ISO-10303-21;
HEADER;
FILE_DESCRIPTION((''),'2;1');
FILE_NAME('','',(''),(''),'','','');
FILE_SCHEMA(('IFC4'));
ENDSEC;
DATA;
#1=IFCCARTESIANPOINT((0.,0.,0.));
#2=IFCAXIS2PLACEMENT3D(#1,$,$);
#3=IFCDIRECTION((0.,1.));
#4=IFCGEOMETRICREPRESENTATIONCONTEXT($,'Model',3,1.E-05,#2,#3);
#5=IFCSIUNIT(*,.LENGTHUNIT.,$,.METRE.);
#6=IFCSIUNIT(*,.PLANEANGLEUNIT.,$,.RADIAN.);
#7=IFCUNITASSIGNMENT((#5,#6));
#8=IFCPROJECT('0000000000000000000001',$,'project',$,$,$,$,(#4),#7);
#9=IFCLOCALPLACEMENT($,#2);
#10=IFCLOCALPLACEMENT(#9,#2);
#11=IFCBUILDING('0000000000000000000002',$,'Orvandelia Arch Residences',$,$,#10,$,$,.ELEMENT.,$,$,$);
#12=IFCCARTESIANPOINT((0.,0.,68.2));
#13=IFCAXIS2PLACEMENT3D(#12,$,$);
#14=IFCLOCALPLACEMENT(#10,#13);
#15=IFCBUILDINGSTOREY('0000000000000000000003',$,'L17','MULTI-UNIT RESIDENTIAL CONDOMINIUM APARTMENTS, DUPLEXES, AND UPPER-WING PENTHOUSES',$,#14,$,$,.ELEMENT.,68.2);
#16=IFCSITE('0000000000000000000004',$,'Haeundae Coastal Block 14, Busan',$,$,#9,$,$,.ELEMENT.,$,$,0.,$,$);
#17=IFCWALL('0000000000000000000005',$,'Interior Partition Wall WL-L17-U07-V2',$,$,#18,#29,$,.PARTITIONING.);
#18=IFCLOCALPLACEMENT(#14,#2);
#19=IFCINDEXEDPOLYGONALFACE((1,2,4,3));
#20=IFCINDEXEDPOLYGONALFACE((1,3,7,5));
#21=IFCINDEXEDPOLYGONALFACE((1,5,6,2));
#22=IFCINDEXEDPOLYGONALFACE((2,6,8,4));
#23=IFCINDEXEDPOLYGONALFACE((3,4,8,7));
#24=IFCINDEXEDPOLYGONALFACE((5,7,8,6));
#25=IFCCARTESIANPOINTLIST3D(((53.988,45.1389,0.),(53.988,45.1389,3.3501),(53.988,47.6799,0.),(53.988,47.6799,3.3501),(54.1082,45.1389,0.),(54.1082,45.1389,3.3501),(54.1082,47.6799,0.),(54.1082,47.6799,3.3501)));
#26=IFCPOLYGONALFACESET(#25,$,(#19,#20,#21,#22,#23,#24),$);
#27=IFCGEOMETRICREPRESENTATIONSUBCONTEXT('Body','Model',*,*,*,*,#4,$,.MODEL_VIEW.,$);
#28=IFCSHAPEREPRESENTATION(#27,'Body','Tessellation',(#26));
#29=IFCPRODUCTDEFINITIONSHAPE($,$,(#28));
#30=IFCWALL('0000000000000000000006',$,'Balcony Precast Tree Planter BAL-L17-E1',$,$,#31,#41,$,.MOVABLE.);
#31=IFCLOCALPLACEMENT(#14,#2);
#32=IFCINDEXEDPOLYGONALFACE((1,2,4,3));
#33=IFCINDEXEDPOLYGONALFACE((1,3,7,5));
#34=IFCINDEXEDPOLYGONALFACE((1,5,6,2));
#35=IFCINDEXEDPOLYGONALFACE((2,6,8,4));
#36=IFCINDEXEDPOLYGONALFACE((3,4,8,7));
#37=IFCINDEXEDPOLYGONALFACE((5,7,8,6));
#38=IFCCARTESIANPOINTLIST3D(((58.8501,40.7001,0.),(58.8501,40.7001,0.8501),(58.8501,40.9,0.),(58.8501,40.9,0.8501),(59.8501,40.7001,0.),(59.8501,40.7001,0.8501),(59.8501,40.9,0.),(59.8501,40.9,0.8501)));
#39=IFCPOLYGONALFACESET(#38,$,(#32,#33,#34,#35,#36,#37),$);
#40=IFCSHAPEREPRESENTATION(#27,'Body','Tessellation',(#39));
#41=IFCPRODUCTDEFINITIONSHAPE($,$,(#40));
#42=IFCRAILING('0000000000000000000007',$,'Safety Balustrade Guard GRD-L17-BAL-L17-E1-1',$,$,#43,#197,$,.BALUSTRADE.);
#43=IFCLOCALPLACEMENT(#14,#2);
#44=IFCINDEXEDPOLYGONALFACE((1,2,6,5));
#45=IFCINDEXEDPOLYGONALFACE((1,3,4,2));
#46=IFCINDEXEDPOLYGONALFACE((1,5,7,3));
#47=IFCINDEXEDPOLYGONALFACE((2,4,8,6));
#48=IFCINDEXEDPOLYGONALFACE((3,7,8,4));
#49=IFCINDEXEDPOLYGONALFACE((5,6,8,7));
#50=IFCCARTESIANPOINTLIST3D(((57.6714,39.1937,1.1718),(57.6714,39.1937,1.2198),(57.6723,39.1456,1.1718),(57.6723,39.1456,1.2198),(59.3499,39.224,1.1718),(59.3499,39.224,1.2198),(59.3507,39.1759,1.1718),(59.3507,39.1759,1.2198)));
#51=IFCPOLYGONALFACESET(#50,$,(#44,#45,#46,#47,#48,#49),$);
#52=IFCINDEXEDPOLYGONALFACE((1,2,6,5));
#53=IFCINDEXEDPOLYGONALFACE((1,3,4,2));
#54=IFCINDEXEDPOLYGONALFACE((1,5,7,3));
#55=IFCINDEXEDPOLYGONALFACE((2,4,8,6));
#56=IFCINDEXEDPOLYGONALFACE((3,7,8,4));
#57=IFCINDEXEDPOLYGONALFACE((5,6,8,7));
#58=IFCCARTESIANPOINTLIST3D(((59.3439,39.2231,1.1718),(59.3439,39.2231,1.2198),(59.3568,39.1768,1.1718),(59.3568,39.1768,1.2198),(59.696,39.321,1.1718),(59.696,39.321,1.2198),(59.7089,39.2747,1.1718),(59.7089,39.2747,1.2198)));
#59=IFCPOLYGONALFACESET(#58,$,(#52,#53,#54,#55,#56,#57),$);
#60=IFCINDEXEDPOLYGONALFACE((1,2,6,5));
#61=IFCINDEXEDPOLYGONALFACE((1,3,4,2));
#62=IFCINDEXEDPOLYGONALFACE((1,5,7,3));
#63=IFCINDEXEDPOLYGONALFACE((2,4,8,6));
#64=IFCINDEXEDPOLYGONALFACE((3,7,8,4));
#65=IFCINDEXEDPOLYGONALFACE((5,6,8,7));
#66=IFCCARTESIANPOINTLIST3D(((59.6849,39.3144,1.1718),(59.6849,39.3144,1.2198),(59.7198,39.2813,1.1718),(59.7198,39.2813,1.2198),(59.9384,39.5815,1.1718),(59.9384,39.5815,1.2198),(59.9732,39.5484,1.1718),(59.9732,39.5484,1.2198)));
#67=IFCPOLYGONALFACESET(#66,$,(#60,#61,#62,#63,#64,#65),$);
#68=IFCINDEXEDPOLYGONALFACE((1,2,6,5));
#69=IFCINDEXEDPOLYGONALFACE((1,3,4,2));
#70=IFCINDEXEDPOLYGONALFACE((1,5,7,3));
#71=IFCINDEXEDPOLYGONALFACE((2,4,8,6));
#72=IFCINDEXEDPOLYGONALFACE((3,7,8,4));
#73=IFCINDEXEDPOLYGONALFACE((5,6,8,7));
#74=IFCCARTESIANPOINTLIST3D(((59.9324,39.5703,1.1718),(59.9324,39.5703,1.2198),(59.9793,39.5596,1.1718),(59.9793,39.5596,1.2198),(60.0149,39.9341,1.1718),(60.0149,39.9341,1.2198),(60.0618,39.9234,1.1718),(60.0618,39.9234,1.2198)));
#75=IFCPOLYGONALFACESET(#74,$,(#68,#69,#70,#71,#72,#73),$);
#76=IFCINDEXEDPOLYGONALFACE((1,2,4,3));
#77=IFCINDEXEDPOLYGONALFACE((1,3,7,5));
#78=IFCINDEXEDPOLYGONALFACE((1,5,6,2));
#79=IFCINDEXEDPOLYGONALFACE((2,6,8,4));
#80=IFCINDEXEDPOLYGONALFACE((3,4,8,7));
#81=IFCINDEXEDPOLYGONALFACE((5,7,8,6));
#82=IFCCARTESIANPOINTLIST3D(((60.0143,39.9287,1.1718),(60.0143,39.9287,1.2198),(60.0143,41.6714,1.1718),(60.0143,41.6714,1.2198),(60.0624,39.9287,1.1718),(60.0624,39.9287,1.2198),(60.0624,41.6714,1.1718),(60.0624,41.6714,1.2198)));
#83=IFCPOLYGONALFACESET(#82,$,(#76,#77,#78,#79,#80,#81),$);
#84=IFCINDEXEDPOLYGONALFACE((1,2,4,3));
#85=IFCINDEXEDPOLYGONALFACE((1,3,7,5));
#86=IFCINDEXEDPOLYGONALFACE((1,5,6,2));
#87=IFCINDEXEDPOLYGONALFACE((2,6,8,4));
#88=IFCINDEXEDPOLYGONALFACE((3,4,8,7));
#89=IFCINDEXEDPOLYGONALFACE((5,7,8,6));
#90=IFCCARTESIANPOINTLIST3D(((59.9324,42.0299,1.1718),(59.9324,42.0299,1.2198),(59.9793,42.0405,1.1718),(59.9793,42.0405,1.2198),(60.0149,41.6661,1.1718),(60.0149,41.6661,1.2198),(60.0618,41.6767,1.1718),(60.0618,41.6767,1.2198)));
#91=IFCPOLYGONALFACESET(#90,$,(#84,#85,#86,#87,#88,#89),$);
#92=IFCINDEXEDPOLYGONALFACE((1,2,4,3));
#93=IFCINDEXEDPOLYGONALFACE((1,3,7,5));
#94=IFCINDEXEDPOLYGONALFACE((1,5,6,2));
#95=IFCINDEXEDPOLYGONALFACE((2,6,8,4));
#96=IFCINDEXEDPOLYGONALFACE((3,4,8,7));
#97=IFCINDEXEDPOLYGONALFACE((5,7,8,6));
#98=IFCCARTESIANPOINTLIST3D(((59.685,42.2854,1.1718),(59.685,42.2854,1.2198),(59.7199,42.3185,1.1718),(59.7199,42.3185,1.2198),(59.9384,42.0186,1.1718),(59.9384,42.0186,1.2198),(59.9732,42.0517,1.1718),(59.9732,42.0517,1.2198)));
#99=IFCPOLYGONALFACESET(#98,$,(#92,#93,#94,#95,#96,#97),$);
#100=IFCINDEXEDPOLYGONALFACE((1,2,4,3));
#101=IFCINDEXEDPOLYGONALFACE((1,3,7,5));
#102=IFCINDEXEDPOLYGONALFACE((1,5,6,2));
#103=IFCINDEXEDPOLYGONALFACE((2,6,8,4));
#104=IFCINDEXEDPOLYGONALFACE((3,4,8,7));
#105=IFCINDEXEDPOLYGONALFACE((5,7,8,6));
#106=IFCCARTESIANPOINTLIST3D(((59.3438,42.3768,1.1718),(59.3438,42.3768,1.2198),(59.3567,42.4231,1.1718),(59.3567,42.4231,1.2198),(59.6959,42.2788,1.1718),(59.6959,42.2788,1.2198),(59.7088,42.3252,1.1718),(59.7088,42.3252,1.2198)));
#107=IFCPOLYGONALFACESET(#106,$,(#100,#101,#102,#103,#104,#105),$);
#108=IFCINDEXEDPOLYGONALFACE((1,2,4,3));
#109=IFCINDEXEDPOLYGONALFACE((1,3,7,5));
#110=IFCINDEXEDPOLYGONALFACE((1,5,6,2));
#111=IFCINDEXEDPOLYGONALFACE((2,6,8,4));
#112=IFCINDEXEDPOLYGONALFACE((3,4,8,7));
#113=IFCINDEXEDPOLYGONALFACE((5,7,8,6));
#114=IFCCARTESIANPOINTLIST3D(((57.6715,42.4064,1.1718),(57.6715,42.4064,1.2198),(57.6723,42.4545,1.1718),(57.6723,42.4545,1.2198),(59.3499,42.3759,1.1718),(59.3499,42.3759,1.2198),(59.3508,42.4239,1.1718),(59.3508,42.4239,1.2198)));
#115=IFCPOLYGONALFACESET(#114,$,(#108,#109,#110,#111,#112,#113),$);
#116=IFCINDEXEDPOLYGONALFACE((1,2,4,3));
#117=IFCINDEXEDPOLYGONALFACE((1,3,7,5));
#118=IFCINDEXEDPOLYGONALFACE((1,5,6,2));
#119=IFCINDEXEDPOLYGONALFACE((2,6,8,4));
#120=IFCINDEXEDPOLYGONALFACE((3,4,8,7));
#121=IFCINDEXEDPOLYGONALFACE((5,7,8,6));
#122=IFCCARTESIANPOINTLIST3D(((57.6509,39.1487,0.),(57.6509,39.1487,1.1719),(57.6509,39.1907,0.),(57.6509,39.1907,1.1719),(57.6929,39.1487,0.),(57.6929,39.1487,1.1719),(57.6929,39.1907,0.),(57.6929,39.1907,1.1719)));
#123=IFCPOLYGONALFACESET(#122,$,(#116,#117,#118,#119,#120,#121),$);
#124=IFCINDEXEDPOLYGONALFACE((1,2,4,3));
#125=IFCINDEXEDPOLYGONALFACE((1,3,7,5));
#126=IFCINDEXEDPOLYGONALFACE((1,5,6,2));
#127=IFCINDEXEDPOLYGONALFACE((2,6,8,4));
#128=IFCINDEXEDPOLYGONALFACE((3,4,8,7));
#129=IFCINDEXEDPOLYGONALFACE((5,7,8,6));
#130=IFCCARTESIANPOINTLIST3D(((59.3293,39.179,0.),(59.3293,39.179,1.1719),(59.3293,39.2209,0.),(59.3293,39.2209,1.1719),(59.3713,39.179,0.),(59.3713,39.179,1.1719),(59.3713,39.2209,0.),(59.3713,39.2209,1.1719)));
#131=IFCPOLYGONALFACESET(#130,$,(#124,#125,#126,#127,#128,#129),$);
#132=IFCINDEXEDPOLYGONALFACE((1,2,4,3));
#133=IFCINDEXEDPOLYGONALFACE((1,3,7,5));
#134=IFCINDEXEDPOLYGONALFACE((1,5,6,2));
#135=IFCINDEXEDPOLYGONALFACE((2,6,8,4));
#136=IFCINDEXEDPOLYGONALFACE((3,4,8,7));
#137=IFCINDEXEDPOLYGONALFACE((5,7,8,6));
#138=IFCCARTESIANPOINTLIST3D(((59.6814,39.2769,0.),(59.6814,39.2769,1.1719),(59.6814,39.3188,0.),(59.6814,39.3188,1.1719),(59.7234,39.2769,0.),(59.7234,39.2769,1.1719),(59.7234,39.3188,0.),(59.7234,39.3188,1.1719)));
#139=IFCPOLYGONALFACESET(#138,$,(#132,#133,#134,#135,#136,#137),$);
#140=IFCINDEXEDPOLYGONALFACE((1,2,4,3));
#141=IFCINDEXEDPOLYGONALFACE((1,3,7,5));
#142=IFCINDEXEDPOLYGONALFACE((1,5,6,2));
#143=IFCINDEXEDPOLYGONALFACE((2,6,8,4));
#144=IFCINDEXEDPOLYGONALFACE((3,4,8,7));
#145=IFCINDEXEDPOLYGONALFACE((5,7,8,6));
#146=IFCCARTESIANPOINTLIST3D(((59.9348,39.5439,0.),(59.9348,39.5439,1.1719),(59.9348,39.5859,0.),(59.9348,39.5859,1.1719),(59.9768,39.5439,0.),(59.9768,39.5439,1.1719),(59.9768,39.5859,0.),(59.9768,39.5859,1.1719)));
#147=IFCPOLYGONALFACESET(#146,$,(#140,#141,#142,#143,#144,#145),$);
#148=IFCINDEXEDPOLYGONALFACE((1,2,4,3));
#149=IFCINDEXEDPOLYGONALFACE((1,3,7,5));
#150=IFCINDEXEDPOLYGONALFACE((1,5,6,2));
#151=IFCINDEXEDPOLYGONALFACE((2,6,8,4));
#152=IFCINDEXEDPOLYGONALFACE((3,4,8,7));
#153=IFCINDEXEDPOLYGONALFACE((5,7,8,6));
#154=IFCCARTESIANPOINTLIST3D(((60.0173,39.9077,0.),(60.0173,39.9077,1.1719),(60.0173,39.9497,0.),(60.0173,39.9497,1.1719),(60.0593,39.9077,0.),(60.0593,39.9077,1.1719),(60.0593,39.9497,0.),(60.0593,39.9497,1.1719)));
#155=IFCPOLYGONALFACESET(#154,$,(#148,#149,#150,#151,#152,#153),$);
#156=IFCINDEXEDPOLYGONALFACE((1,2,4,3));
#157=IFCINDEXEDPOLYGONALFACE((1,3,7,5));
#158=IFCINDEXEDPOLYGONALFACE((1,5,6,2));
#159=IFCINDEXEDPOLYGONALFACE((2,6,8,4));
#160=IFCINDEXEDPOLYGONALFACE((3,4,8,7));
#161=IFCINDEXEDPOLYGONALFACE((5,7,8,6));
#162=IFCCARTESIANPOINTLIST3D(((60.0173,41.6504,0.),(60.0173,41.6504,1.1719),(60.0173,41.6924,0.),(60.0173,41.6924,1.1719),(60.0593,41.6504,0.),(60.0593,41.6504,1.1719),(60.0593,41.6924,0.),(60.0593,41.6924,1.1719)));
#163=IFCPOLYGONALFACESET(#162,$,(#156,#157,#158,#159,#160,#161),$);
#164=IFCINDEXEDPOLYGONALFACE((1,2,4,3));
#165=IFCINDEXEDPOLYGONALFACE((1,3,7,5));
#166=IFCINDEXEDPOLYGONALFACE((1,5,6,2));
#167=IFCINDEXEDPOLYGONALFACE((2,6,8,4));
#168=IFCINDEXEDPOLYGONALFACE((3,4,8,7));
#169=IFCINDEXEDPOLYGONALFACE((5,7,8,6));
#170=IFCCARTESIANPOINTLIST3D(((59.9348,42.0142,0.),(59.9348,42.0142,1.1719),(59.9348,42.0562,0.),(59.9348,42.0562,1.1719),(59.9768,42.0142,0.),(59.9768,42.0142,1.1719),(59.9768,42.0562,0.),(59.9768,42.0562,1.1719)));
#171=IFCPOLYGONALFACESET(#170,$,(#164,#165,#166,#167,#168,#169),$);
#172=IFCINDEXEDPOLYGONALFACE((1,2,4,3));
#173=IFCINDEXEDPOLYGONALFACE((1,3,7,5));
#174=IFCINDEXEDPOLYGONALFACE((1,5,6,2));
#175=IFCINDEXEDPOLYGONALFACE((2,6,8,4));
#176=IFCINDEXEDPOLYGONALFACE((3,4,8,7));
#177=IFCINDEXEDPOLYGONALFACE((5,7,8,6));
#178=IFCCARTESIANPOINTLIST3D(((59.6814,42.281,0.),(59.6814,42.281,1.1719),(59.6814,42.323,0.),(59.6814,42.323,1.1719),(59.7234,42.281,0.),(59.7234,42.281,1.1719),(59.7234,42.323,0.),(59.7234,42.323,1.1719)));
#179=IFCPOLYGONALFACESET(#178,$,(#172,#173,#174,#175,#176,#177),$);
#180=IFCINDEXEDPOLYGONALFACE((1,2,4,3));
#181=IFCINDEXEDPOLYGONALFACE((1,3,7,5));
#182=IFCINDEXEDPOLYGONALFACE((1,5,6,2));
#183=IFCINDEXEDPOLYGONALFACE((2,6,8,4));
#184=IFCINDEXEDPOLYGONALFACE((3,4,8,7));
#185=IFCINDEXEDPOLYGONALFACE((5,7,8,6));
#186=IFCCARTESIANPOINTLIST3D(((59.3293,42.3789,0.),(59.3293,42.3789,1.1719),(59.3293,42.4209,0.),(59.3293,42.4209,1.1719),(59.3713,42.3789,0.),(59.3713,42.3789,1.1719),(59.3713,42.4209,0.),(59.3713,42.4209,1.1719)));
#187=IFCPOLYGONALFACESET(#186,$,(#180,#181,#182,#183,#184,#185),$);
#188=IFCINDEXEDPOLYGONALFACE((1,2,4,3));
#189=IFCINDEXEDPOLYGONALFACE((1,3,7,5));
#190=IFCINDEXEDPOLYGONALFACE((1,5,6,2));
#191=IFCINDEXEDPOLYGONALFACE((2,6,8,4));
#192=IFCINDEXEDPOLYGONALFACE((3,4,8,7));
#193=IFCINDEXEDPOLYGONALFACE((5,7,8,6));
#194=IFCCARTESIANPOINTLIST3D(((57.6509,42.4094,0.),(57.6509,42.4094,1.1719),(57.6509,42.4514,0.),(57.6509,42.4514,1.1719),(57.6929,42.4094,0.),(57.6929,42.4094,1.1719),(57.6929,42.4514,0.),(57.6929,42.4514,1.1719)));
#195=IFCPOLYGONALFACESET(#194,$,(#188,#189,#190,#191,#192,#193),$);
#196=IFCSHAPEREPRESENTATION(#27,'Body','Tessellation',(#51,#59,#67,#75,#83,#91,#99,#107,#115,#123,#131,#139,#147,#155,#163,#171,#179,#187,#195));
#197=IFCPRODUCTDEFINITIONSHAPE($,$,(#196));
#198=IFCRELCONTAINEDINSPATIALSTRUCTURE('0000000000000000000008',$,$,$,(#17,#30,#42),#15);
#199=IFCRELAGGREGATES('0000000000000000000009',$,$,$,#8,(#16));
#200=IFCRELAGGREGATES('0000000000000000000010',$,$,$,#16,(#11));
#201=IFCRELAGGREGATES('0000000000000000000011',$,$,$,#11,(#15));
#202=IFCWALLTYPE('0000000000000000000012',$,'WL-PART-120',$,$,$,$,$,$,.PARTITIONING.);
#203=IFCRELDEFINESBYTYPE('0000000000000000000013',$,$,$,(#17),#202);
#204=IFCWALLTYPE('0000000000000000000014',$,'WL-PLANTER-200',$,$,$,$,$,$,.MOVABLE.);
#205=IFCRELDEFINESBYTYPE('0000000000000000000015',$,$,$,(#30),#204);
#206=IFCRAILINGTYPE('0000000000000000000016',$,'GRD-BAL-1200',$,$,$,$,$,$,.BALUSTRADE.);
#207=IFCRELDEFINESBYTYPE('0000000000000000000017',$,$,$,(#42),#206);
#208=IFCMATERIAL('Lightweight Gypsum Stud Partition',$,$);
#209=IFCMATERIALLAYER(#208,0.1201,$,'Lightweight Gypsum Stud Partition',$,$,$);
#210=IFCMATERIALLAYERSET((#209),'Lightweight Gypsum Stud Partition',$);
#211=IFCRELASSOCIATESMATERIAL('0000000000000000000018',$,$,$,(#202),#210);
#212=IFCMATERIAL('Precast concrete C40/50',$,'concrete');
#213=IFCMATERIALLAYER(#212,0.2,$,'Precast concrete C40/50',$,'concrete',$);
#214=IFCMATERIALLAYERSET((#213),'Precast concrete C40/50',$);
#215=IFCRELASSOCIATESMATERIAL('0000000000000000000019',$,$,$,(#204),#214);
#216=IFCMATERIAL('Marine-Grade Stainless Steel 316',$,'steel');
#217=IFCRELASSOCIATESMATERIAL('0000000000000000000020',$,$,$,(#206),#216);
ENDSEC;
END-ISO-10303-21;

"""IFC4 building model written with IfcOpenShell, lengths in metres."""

from ifc_helpers import new_model, si_unit, direction, frame, frame_2d, origin, origin_2d, place, context, subcontext, project, spatial, rectangle, extrude, material, layer, layer_set, type_object, element, save


model = new_model("IFC4")

# Units and contexts
model_context = context("Model", 3, precision=1e-05, world=origin(), true_north=direction((0.0, 1.0)))
body_context = subcontext(model_context, "Body", "Model", "MODEL_VIEW")
ifc_project = project(units=[si_unit("LENGTHUNIT", "METRE"), si_unit("PLANEANGLEUNIT", "RADIAN")], contexts=[model_context])

# Site, building, storey
site_placement = place(None, origin())
site = spatial("IfcSite", under=ifc_project, at=site_placement, Name="Haeundae Coastal Block 14, Busan", CompositionType="ELEMENT", RefElevation=0.0)
building_placement = place(site_placement, origin())
building = spatial("IfcBuilding", under=site, at=building_placement, Name="Orvandelia Arch Residences", CompositionType="ELEMENT")
storey_placement = place(building_placement, frame((0.0, 0.0, 68.2)))
storey = spatial("IfcBuildingStorey", under=building, at=storey_placement, Name="L17", Description="MULTI-UNIT RESIDENTIAL CONDOMINIUM APARTMENTS, DUPLEXES, AND UPPER-WING PENTHOUSES", CompositionType="ELEMENT", Elevation=68.2)

# Shared definitions
ifc_material_1 = material(Name="Precast concrete C40/50", Category="concrete")

# Walls
ifc_material_2 = material(Name="Lightweight Gypsum Stud Partition")
ifc_layer_1 = layer(ifc_material_2, 0.1201, Name="Lightweight Gypsum Stud Partition")
ifc_layer_set_1 = layer_set([ifc_layer_1], Name="Lightweight Gypsum Stud Partition")
wall_type_1 = type_object("IfcWallType", Name="WL-PART-120", PredefinedType="PARTITIONING", material=ifc_layer_set_1)
wall_1_placement = place(storey_placement, frame((54.0481, 45.1389, 0.0), z_axis=(0.0, 0.0, 1.0), x_axis=(0.0, 1.0, 0.0)))
element("IfcWall", 1, at=wall_1_placement, inside=storey, type_object=wall_type_1, Name="Interior Partition Wall WL-L17-U07-V2", PredefinedType="PARTITIONING", context=body_context, shape_type="SweptSolid", body=[
    extrude(rectangle(XDim=2.541, YDim=0.1201, at=frame_2d((1.2705, 0.0))), origin(), (0.0, 0.0, 1.0), 3.3501),
])
ifc_layer_2 = layer(ifc_material_1, 0.2, Name="Precast concrete C40/50", Category="concrete")
ifc_layer_set_2 = layer_set([ifc_layer_2], Name="Precast concrete C40/50")
wall_type_2 = type_object("IfcWallType", Name="WL-PLANTER-200", PredefinedType="MOVABLE", material=ifc_layer_set_2)
wall_2_placement = place(storey_placement, frame((58.8501, 40.8, 0.0), z_axis=(0.0, 0.0, 1.0), x_axis=(1.0, 0.0, 0.0)))
element("IfcWall", 2, at=wall_2_placement, inside=storey, type_object=wall_type_2, Name="Balcony Precast Tree Planter BAL-L17-E1", PredefinedType="MOVABLE", context=body_context, shape_type="SweptSolid", body=[
    extrude(rectangle(XDim=1.0, YDim=0.2, at=frame_2d((0.5, 0.0))), origin(), (0.0, 0.0, 1.0), 0.8501),
])

# Railing
ifc_material_3 = material(Name="Marine-Grade Stainless Steel 316", Category="steel")
railing_type = type_object("IfcRailingType", Name="GRD-BAL-1200", PredefinedType="BALUSTRADE", material=ifc_material_3)
railing_placement = place(storey_placement, frame((57.6719, 39.1697, 0.0)))
element("IfcRailing", 3, at=railing_placement, inside=storey, type_object=railing_type, Name="Safety Balustrade Guard GRD-L17-BAL-L17-E1-1", PredefinedType="BALUSTRADE", context=body_context, shape_type="SweptSolid", body=[
    extrude(rectangle(XDim=0.0481, YDim=0.0481, at=origin_2d()), frame((0.0, 0.0, 1.1958), z_axis=(0.999837, 0.018033, 0.0), x_axis=(-0.018033, 0.999837, 0.0)), (0.0, 0.0, 1.0), 1.6787),
    extrude(rectangle(XDim=0.0481, YDim=0.0481, at=origin_2d()), frame((1.6785, 0.0303, 1.1958), z_axis=(0.963441, 0.26792, 0.0), x_axis=(-0.26792, 0.963441, 0.0)), (0.0, 0.0, 1.0), 0.3655),
    extrude(rectangle(XDim=0.0481, YDim=0.0481, at=origin_2d()), frame((2.0305, 0.1282, 1.1958), z_axis=(0.688296, 0.72543, 0.0), x_axis=(-0.72543, 0.688296, 0.0)), (0.0, 0.0, 1.0), 0.3682),
    extrude(rectangle(XDim=0.0481, YDim=0.0481, at=origin_2d()), frame((2.2839, 0.3953, 1.1958), z_axis=(0.221225, 0.975223, 0.0), x_axis=(-0.975223, 0.221225, 0.0)), (0.0, 0.0, 1.0), 0.373),
    extrude(rectangle(XDim=0.0481, YDim=0.0481, at=origin_2d()), frame((2.3665, 0.759, 1.1958), z_axis=(0.0, 1.0, 0.0), x_axis=(-1.0, 0.0, 0.0)), (0.0, 0.0, 1.0), 1.7427),
    extrude(rectangle(XDim=0.0481, YDim=0.0481, at=origin_2d()), frame((2.3665, 2.5017, 1.1958), z_axis=(-0.221225, 0.975223, 0.0), x_axis=(-0.975223, -0.221225, 0.0)), (0.0, 0.0, 1.0), 0.373),
    extrude(rectangle(XDim=0.0481, YDim=0.0481, at=origin_2d()), frame((2.2839, 2.8655, 1.1958), z_axis=(-0.688627, 0.725115, 0.0), x_axis=(-0.725115, -0.688627, 0.0)), (0.0, 0.0, 1.0), 0.3679),
    extrude(rectangle(XDim=0.0481, YDim=0.0481, at=origin_2d()), frame((2.0305, 3.1323, 1.1958), z_axis=(-0.963441, 0.26792, 0.0), x_axis=(-0.26792, -0.963441, 0.0)), (0.0, 0.0, 1.0), 0.3655),
    extrude(rectangle(XDim=0.0481, YDim=0.0481, at=origin_2d()), frame((1.6785, 3.2302, 1.1958), z_axis=(-0.999835, 0.018179, 0.0), x_axis=(-0.018179, -0.999835, 0.0)), (0.0, 0.0, 1.0), 1.6787),
    extrude(rectangle(XDim=0.042, YDim=0.042, at=origin_2d()), origin(), (0.0, 0.0, 1.0), 1.1719),
    extrude(rectangle(XDim=0.042, YDim=0.042, at=origin_2d()), frame((1.6785, 0.0303, 0.0)), (0.0, 0.0, 1.0), 1.1719),
    extrude(rectangle(XDim=0.042, YDim=0.042, at=origin_2d()), frame((2.0305, 0.1282, 0.0)), (0.0, 0.0, 1.0), 1.1719),
    extrude(rectangle(XDim=0.042, YDim=0.042, at=origin_2d()), frame((2.2839, 0.3953, 0.0)), (0.0, 0.0, 1.0), 1.1719),
    extrude(rectangle(XDim=0.042, YDim=0.042, at=origin_2d()), frame((2.3665, 0.759, 0.0)), (0.0, 0.0, 1.0), 1.1719),
    extrude(rectangle(XDim=0.042, YDim=0.042, at=origin_2d()), frame((2.3665, 2.5017, 0.0)), (0.0, 0.0, 1.0), 1.1719),
    extrude(rectangle(XDim=0.042, YDim=0.042, at=origin_2d()), frame((2.2839, 2.8655, 0.0)), (0.0, 0.0, 1.0), 1.1719),
    extrude(rectangle(XDim=0.042, YDim=0.042, at=origin_2d()), frame((2.0305, 3.1323, 0.0)), (0.0, 0.0, 1.0), 1.1719),
    extrude(rectangle(XDim=0.042, YDim=0.042, at=origin_2d()), frame((1.6785, 3.2302, 0.0)), (0.0, 0.0, 1.0), 1.1719),
    extrude(rectangle(XDim=0.042, YDim=0.042, at=origin_2d()), frame((0.0, 3.2607, 0.0)), (0.0, 0.0, 1.0), 1.1719),
])

save(model, "model.ifc")
